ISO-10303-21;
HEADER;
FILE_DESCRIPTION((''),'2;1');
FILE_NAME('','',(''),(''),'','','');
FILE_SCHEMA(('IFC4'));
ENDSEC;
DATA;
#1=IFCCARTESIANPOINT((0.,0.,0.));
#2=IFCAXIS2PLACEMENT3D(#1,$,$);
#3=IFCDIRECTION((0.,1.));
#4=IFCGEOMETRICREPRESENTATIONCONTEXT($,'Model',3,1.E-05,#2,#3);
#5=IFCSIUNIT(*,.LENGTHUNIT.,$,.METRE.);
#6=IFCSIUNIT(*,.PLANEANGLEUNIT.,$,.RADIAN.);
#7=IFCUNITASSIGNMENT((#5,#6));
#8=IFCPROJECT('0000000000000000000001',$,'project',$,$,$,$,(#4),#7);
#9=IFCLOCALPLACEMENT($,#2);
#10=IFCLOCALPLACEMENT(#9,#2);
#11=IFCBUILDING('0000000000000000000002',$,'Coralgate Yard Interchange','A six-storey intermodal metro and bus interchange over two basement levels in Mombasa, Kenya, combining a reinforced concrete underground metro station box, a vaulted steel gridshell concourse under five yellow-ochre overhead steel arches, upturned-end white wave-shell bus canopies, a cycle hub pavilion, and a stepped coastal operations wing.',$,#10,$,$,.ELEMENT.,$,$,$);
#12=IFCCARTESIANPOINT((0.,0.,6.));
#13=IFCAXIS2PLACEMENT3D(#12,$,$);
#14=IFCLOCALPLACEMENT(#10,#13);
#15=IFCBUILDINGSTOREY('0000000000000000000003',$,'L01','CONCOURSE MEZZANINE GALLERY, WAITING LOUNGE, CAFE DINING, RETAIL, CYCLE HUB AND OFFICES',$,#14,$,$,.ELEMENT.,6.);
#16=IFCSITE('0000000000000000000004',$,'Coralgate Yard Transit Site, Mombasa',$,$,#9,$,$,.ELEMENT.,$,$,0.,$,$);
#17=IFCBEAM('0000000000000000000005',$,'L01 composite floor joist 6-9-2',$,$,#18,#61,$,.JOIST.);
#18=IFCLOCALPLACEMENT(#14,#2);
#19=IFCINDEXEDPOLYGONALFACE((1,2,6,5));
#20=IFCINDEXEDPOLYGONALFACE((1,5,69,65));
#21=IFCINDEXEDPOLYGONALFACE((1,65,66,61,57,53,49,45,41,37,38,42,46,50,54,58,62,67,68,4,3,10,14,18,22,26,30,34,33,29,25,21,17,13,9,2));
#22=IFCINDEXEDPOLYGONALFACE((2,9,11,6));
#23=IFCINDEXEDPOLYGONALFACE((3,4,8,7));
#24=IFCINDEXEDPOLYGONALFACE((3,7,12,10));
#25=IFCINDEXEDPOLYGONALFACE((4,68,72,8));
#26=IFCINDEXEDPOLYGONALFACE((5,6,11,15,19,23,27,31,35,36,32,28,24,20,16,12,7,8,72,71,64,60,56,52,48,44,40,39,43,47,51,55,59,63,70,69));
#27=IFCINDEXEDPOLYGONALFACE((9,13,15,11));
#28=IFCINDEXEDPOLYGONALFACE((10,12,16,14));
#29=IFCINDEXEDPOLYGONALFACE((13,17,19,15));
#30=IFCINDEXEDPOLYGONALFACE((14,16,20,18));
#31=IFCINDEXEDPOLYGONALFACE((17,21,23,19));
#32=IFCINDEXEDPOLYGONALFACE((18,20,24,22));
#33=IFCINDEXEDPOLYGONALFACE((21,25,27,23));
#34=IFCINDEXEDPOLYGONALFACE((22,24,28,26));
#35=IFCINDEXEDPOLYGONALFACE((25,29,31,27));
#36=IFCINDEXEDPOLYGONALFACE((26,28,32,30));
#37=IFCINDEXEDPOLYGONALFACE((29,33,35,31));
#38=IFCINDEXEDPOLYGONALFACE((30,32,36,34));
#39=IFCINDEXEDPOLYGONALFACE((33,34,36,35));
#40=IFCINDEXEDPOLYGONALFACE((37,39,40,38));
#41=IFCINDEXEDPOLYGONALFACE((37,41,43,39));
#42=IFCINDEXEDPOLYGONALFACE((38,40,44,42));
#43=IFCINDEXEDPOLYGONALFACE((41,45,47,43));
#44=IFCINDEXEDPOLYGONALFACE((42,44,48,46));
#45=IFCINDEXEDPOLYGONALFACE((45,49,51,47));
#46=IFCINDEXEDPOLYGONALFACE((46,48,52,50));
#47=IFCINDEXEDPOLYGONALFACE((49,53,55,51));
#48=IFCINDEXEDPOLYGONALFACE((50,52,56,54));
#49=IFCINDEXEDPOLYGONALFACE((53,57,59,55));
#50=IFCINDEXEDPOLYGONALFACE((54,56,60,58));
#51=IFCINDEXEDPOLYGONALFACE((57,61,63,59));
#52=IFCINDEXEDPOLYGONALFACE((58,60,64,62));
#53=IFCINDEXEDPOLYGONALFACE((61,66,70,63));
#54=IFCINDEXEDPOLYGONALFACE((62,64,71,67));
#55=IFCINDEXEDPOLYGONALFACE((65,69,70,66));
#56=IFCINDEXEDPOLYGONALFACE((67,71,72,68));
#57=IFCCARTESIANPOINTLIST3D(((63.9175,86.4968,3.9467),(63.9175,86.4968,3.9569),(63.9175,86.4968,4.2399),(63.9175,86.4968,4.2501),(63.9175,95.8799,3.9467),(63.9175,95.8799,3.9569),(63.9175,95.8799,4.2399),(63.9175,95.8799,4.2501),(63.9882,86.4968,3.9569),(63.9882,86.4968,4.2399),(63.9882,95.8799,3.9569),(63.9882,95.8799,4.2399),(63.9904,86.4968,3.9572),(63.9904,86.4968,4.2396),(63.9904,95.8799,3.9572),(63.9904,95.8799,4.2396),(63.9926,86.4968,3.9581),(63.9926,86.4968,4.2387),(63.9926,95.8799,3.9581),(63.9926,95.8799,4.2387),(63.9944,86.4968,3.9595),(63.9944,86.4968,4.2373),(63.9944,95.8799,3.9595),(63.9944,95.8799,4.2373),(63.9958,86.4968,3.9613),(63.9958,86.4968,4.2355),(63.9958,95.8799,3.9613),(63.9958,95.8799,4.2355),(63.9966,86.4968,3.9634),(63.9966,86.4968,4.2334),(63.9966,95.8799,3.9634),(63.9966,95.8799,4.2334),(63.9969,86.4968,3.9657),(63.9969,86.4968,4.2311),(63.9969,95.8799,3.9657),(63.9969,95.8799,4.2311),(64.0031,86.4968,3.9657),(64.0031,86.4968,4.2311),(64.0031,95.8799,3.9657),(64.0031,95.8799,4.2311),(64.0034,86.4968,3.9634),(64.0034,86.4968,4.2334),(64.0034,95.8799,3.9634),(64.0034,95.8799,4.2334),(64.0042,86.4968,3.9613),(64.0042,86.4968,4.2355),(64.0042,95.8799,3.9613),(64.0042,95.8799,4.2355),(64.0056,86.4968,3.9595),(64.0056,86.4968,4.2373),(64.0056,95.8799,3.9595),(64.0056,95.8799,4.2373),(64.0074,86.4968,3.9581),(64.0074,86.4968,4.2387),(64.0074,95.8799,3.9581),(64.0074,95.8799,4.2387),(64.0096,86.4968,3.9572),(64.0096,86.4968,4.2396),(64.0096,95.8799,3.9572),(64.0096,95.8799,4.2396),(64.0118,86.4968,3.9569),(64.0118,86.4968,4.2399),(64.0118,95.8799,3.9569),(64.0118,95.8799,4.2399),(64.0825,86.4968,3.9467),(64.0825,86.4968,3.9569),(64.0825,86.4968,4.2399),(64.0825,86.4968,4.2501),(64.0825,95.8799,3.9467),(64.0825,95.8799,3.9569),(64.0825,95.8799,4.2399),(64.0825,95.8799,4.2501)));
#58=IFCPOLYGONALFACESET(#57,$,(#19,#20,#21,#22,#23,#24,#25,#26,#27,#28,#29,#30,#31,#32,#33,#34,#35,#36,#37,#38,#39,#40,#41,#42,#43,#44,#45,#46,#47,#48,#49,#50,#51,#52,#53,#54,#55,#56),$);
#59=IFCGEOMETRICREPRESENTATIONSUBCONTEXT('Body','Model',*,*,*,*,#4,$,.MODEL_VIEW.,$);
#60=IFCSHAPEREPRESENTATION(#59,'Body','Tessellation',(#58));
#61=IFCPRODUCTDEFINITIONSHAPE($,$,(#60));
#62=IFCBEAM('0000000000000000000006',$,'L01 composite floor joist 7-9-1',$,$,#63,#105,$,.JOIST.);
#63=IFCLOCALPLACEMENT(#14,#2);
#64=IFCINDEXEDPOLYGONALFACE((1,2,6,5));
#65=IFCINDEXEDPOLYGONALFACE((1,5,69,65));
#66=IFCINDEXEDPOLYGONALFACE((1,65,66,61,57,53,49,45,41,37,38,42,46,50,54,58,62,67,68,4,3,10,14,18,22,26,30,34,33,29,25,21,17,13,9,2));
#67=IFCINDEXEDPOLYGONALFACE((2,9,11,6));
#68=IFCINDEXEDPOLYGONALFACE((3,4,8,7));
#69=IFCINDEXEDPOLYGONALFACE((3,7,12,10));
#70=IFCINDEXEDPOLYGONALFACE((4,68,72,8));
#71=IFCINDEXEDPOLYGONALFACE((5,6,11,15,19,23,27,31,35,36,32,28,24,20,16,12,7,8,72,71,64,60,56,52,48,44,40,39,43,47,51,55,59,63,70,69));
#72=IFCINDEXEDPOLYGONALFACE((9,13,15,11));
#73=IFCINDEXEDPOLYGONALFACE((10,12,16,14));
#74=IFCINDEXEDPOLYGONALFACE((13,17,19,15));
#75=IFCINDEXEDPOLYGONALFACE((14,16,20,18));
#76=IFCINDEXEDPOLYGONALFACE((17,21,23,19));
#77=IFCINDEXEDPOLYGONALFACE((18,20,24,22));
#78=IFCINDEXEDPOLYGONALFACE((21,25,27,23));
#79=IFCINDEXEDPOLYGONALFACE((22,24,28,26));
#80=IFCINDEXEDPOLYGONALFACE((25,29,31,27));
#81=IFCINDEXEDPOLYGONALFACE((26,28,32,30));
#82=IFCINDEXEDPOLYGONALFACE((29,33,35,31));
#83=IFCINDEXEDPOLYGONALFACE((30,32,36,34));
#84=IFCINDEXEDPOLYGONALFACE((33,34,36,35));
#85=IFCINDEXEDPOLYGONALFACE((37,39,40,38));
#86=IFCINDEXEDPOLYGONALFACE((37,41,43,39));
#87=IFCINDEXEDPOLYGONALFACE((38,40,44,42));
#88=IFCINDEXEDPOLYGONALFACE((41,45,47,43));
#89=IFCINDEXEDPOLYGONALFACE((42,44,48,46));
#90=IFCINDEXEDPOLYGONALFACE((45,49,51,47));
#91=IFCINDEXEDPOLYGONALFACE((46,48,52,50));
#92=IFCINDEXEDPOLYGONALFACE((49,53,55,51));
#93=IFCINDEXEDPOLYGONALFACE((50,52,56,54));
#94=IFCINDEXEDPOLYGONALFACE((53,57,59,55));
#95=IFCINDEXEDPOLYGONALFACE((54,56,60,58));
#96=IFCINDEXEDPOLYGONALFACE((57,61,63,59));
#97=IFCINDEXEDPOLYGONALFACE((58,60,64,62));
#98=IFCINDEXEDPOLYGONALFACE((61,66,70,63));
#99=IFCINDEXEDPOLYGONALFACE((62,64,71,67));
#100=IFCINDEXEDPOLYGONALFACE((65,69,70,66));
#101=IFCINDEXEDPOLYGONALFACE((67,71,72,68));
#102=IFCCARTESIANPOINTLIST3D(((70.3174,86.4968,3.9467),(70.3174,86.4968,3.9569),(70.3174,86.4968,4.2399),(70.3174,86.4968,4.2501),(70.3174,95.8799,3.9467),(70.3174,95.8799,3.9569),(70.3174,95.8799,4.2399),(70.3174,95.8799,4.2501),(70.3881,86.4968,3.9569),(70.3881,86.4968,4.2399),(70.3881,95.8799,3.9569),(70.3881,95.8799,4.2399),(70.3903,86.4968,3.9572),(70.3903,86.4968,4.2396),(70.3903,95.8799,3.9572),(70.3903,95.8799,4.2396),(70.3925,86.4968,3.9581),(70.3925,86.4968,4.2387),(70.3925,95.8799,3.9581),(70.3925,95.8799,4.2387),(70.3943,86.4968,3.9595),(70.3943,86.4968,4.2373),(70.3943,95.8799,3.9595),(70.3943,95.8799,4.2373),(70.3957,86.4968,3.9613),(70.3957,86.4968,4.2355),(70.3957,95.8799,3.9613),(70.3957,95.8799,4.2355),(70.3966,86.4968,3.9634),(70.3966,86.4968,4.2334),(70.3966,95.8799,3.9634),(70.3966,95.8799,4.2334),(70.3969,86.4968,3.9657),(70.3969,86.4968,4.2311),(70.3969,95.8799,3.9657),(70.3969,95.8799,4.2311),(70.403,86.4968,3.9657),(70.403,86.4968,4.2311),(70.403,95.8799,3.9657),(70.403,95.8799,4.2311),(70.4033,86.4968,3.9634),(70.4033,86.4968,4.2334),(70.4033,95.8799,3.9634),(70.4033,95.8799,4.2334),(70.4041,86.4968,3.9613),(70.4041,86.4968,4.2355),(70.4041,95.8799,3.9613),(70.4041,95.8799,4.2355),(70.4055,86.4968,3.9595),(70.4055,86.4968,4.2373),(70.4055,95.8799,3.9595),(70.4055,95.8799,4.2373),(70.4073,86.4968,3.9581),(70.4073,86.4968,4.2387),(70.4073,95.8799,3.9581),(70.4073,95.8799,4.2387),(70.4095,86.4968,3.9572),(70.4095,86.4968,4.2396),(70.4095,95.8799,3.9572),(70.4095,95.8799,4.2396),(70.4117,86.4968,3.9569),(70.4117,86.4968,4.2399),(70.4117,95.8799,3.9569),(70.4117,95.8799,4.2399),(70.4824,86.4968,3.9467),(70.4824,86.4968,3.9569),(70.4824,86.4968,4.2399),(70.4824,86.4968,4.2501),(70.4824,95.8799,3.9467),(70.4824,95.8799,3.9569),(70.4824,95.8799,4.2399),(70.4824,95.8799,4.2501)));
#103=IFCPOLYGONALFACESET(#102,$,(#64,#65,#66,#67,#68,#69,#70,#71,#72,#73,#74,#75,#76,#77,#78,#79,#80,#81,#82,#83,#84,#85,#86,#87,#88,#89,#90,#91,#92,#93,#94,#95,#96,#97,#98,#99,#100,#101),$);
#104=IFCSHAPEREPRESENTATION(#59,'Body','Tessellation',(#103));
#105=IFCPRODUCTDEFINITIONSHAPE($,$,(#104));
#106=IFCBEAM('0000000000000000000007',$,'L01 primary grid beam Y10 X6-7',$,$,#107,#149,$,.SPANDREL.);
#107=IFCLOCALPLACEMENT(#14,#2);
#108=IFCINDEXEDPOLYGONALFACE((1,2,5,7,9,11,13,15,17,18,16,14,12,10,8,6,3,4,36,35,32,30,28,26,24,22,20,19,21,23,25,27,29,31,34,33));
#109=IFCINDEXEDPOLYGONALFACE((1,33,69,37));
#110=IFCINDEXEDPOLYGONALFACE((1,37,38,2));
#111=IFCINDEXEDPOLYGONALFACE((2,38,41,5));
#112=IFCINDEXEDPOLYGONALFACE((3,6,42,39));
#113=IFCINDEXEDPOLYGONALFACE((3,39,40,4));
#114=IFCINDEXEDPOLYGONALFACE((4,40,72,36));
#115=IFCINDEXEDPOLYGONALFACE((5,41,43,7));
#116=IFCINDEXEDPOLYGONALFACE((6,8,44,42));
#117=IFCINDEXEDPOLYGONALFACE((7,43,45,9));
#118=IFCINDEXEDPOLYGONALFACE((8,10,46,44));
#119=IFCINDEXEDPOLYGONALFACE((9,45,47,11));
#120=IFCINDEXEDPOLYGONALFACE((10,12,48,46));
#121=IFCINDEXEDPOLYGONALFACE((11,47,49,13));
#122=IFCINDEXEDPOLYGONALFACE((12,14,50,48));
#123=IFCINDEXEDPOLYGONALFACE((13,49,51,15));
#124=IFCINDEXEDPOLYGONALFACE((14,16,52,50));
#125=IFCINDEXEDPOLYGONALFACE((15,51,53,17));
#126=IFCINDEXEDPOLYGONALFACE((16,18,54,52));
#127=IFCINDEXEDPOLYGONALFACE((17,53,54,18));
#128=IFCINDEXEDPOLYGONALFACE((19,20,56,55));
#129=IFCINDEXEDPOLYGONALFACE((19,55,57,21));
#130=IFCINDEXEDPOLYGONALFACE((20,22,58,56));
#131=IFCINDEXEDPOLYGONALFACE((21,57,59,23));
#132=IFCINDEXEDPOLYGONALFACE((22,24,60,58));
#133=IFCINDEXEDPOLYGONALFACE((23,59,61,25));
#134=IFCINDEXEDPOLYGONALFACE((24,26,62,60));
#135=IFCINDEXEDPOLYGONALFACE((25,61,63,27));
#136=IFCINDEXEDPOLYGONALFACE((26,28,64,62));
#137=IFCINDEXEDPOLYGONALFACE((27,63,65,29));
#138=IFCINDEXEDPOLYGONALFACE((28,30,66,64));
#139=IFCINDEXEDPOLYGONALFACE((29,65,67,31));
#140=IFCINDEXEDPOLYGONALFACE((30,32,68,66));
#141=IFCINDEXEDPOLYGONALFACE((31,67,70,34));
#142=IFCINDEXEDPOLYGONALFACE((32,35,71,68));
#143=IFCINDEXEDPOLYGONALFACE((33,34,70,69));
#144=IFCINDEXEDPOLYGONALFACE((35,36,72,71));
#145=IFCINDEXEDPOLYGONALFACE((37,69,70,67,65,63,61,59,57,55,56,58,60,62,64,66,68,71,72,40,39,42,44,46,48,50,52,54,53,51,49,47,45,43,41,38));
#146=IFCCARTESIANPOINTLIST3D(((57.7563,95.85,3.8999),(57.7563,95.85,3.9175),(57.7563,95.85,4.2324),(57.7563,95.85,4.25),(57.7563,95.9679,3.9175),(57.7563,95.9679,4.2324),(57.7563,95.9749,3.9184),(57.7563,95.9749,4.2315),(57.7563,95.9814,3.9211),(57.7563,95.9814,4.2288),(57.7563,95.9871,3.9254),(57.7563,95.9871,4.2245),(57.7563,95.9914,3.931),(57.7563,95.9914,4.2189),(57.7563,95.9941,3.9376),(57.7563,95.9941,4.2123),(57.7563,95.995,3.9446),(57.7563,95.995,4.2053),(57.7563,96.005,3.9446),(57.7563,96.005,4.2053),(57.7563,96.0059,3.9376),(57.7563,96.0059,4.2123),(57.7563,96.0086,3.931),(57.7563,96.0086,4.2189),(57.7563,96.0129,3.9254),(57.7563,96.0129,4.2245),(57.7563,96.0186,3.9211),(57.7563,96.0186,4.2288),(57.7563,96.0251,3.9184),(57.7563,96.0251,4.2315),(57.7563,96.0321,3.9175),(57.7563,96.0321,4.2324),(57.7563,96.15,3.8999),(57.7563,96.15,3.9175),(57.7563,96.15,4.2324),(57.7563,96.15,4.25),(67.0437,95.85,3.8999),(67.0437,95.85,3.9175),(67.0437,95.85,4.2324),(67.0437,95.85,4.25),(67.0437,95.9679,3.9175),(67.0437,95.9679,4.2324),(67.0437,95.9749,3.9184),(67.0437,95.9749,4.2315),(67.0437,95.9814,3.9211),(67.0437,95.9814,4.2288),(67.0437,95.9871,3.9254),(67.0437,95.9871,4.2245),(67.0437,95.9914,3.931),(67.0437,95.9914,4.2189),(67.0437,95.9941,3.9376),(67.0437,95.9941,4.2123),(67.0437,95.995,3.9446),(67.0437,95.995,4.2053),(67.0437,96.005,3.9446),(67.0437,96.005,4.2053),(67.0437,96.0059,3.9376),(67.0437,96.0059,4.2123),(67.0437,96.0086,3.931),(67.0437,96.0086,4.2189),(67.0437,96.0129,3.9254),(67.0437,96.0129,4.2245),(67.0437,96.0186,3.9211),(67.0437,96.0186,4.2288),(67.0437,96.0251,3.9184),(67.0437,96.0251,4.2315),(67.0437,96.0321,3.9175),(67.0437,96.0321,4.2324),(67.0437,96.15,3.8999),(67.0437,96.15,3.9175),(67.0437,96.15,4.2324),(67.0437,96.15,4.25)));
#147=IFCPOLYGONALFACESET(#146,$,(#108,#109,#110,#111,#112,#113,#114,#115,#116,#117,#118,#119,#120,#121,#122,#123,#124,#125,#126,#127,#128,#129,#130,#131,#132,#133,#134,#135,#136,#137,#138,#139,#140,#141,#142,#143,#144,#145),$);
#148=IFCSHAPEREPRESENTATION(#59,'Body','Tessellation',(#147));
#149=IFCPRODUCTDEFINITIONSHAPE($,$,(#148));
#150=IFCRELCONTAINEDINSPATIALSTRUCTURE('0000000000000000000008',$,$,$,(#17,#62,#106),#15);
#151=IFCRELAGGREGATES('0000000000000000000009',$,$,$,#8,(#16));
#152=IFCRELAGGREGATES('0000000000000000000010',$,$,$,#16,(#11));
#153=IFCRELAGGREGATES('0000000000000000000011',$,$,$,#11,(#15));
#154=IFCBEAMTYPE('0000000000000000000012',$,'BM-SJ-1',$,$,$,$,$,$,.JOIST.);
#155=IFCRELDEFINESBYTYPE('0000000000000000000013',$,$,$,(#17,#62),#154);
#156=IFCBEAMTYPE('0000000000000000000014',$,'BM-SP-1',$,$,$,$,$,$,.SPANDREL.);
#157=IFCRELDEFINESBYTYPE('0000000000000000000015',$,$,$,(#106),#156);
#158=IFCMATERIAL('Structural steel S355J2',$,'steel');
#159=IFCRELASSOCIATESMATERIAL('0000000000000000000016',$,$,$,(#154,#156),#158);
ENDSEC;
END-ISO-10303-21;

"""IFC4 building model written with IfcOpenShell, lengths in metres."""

from ifc_helpers import new_model, si_unit, direction, frame, origin, origin_2d, place, context, subcontext, project, spatial, i_section, extrude, material, material_profile, profile_set, type_object, element, save


model = new_model("IFC4")

# Units and contexts
model_context = context("Model", 3, precision=1e-05, world=origin(), true_north=direction((0.0, 1.0)))
body_context = subcontext(model_context, "Body", "Model", "MODEL_VIEW")
ifc_project = project(units=[si_unit("LENGTHUNIT", "METRE"), si_unit("PLANEANGLEUNIT", "RADIAN")], contexts=[model_context])

# Site, building, storey
site_placement = place(None, origin())
site = spatial("IfcSite", under=ifc_project, at=site_placement, Name="Coralgate Yard Transit Site, Mombasa", CompositionType="ELEMENT", RefElevation=0.0)
building_placement = place(site_placement, origin())
building = spatial("IfcBuilding", under=site, at=building_placement, Name="Coralgate Yard Interchange", Description="A six-storey intermodal metro and bus interchange over two basement levels in Mombasa, Kenya, combining a reinforced concrete underground metro station box, a vaulted steel gridshell concourse under five yellow-ochre overhead steel arches, upturned-end white wave-shell bus canopies, a cycle hub pavilion, and a stepped coastal operations wing.", CompositionType="ELEMENT")
storey_placement = place(building_placement, frame((0.0, 0.0, 6.0)))
storey = spatial("IfcBuildingStorey", under=building, at=storey_placement, Name="L01", Description="CONCOURSE MEZZANINE GALLERY, WAITING LOUNGE, CAFE DINING, RETAIL, CYCLE HUB AND OFFICES", CompositionType="ELEMENT", Elevation=6.0)

# Shared definitions
ifc_material_1 = material(Name="Structural steel S355J2", Category="steel")

# Beams
ifc_material_profile_1 = material_profile(ifc_material_1, i_section(OverallWidth=0.165, OverallDepth=0.3035, WebThickness=0.0061, FlangeThickness=0.0103, FilletRadius=0.0088, at=origin_2d()), Name="UB 305x165x40")
ifc_profile_set_1 = profile_set([ifc_material_profile_1], Name="Structural steel S355J2")
beam_type_1 = type_object("IfcBeamType", Name="BM-SJ-1", PredefinedType="JOIST", material=ifc_profile_set_1)
for number, where, z_axis, x_axis, name in (
    (1, (64.0, 86.4968, 4.0984), (0.0, 1.0, 0.0), (-1.0, 0.0, 0.0), "L01 composite floor joist 6-9-2"),
    (2, (70.3999, 86.4968, 4.0984), (0.0, 1.0, 0.0), (-1.0, 0.0, 0.0), "L01 composite floor joist 7-9-1"),
):
    element("IfcBeam", number, at=place(storey_placement, frame(where, z_axis=z_axis, x_axis=x_axis)), inside=storey, type_object=beam_type_1, Name=name, PredefinedType="JOIST", context=body_context, shape_type="SweptSolid", body=[
        extrude(i_section(OverallWidth=0.165, OverallDepth=0.3035, WebThickness=0.0061, FlangeThickness=0.0103, FilletRadius=0.0088, at=origin_2d()), origin(), (0.0, 0.0, 1.0), 9.3831),
    ])
ifc_material_profile_2 = material_profile(ifc_material_1, i_section(OverallWidth=0.3, OverallDepth=0.3501, WebThickness=0.01, FlangeThickness=0.0176, FilletRadius=0.0271, at=origin_2d()), Name="HEA 360")
ifc_profile_set_2 = profile_set([ifc_material_profile_2], Name="Structural steel S355J2")
beam_type_2 = type_object("IfcBeamType", Name="BM-SP-1", PredefinedType="SPANDREL", material=ifc_profile_set_2)
beam_1_placement = place(storey_placement, frame((57.7563, 96.0, 4.075), z_axis=(1.0, 0.0, 0.0), x_axis=(0.0, 1.0, 0.0)))
element("IfcBeam", 3, at=beam_1_placement, inside=storey, type_object=beam_type_2, Name="L01 primary grid beam Y10 X6-7", PredefinedType="SPANDREL", context=body_context, shape_type="SweptSolid", body=[
    extrude(i_section(OverallWidth=0.3, OverallDepth=0.3501, WebThickness=0.01, FlangeThickness=0.0176, FilletRadius=0.0271, at=origin_2d()), origin(), (0.0, 0.0, 1.0), 9.2874),
])

save(model, "model.ifc")
